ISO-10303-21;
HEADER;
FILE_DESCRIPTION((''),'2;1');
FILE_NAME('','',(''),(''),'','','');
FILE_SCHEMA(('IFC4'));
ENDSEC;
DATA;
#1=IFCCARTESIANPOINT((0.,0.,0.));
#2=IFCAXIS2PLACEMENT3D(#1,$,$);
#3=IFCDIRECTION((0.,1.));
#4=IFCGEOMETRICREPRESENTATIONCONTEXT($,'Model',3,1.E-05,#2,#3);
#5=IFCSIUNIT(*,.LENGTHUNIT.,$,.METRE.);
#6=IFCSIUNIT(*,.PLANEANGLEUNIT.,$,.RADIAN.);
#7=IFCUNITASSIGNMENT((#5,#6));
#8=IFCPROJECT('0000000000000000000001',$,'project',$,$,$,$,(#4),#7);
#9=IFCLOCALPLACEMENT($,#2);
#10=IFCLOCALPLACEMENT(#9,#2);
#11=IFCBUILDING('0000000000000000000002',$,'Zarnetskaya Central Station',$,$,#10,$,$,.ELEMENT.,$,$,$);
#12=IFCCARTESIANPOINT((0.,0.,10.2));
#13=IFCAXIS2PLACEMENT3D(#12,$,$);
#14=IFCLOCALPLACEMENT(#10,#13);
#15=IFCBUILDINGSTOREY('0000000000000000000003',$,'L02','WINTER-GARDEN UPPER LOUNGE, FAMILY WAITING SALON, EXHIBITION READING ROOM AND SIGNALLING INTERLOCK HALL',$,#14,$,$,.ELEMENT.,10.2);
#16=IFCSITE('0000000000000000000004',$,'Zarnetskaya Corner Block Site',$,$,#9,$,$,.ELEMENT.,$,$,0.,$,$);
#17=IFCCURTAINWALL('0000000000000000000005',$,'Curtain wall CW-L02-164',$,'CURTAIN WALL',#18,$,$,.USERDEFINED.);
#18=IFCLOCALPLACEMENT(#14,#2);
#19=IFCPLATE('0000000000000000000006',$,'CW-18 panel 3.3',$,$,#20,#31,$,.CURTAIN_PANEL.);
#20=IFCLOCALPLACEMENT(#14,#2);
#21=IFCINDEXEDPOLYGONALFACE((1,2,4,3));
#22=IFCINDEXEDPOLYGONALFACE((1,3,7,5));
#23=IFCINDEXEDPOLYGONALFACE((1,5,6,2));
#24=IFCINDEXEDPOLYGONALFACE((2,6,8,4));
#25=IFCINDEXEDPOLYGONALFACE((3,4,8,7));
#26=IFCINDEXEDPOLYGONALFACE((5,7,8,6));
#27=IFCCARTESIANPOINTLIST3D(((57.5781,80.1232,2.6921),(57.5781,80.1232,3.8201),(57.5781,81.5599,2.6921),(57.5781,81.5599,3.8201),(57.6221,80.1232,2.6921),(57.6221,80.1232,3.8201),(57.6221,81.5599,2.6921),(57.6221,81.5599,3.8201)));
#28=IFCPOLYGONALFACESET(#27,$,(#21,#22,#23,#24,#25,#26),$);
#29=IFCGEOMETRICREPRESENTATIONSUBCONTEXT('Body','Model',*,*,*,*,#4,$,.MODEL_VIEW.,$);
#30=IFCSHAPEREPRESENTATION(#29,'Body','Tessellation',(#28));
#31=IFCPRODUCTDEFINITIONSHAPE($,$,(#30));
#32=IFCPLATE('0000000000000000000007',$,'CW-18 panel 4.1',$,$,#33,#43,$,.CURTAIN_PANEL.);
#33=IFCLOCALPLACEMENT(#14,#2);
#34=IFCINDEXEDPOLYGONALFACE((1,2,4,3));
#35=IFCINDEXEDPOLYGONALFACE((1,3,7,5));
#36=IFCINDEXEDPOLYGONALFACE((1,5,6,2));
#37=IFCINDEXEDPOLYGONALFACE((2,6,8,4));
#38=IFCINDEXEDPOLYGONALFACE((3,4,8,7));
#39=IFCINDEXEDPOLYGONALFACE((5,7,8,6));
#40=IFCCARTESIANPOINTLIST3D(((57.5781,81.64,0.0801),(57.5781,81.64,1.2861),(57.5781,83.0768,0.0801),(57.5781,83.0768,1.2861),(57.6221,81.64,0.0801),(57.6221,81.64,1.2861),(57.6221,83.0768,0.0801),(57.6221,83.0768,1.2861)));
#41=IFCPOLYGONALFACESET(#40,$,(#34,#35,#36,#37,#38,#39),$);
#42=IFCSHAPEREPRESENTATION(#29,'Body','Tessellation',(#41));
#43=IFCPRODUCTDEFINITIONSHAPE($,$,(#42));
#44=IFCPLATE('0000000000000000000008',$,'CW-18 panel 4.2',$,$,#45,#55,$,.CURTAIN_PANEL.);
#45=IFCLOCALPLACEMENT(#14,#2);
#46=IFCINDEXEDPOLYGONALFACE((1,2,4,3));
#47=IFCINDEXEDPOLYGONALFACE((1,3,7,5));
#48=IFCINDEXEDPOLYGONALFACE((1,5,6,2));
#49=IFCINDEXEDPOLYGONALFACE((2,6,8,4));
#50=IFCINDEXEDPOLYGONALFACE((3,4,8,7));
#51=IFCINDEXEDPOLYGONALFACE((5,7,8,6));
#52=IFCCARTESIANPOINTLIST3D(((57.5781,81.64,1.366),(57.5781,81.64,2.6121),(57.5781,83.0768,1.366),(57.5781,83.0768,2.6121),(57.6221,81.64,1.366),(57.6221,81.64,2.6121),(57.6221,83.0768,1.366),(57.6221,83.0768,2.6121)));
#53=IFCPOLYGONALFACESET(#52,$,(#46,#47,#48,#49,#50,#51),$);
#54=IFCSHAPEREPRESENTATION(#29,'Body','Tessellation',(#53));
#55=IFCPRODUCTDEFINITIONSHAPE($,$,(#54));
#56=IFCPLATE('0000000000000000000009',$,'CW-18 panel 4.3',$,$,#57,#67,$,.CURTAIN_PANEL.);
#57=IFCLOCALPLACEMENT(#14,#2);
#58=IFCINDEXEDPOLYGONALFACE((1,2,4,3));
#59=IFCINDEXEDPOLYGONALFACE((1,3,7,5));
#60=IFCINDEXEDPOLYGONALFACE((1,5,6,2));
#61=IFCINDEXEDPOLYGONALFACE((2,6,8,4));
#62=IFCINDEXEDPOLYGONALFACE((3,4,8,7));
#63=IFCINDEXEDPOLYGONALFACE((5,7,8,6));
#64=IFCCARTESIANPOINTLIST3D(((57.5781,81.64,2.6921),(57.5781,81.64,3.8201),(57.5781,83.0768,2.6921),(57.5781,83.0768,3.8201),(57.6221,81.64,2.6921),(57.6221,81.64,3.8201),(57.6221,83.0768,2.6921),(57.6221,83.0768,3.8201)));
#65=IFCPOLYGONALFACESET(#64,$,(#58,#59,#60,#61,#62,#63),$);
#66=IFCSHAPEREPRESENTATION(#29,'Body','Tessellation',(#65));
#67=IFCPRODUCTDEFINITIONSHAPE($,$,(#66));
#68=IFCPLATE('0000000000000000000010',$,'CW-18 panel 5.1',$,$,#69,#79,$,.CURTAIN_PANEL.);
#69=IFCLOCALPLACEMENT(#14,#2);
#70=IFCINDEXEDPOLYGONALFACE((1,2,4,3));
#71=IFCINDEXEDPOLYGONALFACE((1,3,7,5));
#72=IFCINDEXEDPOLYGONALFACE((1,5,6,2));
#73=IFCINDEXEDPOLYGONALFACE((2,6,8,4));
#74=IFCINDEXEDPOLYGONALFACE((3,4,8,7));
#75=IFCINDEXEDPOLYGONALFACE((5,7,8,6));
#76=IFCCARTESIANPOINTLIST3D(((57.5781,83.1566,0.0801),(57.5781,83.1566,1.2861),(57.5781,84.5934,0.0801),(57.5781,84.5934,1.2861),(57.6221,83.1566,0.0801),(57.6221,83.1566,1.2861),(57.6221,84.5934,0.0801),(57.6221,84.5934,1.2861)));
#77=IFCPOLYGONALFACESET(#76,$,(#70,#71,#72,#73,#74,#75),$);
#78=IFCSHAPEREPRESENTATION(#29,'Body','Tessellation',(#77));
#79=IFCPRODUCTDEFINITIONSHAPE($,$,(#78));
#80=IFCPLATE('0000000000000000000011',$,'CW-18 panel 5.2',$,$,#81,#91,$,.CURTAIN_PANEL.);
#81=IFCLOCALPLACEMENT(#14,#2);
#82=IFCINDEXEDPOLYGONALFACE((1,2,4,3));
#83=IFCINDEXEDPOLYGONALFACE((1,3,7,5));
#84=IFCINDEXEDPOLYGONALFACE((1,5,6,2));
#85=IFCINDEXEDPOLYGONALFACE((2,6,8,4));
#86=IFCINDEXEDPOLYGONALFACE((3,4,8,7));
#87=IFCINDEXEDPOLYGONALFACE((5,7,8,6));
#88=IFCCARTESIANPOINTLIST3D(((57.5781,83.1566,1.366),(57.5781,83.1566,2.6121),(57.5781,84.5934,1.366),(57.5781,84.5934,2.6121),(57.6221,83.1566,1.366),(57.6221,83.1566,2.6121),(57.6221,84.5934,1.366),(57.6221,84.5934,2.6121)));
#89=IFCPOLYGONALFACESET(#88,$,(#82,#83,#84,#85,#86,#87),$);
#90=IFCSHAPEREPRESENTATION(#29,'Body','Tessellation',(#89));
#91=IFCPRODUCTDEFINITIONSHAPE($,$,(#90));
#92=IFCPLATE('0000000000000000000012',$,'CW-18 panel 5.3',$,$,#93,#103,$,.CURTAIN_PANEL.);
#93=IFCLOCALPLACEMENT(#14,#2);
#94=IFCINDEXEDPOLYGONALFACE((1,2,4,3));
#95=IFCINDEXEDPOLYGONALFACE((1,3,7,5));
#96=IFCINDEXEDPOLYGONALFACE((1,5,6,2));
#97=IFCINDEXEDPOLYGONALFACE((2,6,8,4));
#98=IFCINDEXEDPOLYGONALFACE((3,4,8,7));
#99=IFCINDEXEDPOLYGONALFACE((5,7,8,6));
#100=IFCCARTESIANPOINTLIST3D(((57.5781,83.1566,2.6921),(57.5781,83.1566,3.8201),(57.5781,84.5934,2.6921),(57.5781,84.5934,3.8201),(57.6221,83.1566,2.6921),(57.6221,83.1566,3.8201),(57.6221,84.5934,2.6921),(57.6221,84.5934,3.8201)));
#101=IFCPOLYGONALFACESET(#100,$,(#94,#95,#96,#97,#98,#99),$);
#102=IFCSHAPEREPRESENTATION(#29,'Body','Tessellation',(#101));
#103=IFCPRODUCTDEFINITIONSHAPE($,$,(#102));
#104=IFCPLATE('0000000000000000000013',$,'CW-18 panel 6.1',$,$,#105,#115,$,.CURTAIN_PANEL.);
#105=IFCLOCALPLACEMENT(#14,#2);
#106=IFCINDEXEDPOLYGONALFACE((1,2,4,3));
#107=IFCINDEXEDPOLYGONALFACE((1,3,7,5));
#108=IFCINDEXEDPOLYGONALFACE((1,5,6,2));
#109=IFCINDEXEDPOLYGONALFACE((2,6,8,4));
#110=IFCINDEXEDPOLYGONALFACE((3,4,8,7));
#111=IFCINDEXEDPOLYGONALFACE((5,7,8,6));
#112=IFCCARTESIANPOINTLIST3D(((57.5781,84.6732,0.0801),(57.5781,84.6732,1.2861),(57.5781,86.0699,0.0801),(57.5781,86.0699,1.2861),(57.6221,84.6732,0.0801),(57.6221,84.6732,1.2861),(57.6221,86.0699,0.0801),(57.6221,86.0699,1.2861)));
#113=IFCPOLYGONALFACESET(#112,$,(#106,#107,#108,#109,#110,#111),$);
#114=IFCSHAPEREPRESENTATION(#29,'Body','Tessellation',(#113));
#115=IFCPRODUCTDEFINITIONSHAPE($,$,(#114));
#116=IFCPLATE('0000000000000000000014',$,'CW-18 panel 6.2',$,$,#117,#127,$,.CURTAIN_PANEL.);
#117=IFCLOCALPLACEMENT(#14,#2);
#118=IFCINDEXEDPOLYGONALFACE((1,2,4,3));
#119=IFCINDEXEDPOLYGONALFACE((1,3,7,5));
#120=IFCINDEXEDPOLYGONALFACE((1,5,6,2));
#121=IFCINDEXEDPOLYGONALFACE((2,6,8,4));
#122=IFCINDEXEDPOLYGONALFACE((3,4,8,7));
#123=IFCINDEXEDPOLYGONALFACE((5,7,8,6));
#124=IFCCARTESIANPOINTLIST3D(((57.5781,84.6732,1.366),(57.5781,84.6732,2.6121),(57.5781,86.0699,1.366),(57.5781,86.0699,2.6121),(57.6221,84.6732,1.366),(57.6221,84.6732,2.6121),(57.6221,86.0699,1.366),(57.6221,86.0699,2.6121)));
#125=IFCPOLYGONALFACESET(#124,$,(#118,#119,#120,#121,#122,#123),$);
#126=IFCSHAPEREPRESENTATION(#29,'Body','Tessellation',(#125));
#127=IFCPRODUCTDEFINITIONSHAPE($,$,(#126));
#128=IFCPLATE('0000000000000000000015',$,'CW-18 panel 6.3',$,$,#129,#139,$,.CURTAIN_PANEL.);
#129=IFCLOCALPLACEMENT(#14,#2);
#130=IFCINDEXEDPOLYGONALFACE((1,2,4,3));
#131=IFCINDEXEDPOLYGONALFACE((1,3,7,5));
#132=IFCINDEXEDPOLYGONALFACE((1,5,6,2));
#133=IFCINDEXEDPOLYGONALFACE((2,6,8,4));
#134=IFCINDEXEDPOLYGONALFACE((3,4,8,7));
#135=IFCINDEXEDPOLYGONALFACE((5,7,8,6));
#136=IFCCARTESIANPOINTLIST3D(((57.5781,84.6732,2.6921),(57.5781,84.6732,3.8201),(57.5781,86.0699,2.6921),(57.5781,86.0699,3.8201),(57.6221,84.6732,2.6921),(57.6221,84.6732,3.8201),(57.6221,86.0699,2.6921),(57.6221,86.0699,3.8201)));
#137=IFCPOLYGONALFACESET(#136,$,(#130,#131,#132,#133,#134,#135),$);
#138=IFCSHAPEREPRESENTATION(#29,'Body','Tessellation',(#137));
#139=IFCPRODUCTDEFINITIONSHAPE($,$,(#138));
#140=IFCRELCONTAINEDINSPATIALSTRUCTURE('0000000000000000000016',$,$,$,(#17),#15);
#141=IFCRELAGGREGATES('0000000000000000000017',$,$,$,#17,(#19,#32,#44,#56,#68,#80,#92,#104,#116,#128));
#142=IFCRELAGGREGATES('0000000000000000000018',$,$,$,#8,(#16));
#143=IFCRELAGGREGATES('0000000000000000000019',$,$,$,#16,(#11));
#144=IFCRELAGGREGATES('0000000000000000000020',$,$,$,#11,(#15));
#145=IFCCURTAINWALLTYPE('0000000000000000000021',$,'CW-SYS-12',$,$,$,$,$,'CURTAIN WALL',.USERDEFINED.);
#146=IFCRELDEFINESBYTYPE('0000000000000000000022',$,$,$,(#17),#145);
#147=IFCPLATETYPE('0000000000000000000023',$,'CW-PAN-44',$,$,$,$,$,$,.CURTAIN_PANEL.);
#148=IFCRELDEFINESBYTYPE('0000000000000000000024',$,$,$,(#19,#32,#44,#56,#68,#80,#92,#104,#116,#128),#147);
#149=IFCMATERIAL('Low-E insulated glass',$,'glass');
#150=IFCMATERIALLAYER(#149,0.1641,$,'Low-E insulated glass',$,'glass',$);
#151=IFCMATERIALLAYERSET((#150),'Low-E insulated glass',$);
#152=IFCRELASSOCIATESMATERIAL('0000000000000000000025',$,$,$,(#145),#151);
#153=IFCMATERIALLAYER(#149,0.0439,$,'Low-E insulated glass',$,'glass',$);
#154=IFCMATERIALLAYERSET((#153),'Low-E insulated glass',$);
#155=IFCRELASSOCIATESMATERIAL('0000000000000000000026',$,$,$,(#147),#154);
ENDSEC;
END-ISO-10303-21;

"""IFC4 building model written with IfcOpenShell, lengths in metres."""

from ifc_helpers import new_model, si_unit, direction, frame, origin, origin_2d, place, context, subcontext, project, spatial, rectangle, extrude, material, layer, layer_set, type_object, element, aggregate, save


model = new_model("IFC4")

# Units and contexts
model_context = context("Model", 3, precision=1e-05, world=origin(), true_north=direction((0.0, 1.0)))
body_context = subcontext(model_context, "Body", "Model", "MODEL_VIEW")
ifc_project = project(units=[si_unit("LENGTHUNIT", "METRE"), si_unit("PLANEANGLEUNIT", "RADIAN")], contexts=[model_context])

# Site, building, storey
site_placement = place(None, origin())
site = spatial("IfcSite", under=ifc_project, at=site_placement, Name="Zarnetskaya Corner Block Site", CompositionType="ELEMENT", RefElevation=0.0)
building_placement = place(site_placement, origin())
building = spatial("IfcBuilding", under=site, at=building_placement, Name="Zarnetskaya Central Station", CompositionType="ELEMENT")
storey_placement = place(building_placement, frame((0.0, 0.0, 10.2)))
storey = spatial("IfcBuildingStorey", under=building, at=storey_placement, Name="L02", Description="WINTER-GARDEN UPPER LOUNGE, FAMILY WAITING SALON, EXHIBITION READING ROOM AND SIGNALLING INTERLOCK HALL", CompositionType="ELEMENT", Elevation=10.2)

# Curtain wall, plates
ifc_material_1 = material(Name="Low-E insulated glass", Category="glass")
ifc_layer_1 = layer(ifc_material_1, 0.1641, Name="Low-E insulated glass", Category="glass")
ifc_layer_set_1 = layer_set([ifc_layer_1], Name="Low-E insulated glass")
curtain_wall_type = type_object("IfcCurtainWallType", Name="CW-SYS-12", ElementType="CURTAIN WALL", PredefinedType="USERDEFINED", material=ifc_layer_set_1)
curtain_wall_placement = place(storey_placement, origin())
curtain_wall = element("IfcCurtainWall", 1, at=curtain_wall_placement, inside=storey, type_object=curtain_wall_type, Name="Curtain wall CW-L02-164", ObjectType="CURTAIN WALL", PredefinedType="USERDEFINED")
ifc_layer_2 = layer(ifc_material_1, 0.0439, Name="Low-E insulated glass", Category="glass")
ifc_layer_set_2 = layer_set([ifc_layer_2], Name="Low-E insulated glass")
plate_type = type_object("IfcPlateType", Name="CW-PAN-44", PredefinedType="CURTAIN_PANEL", material=ifc_layer_set_2)
plate_1_placement = place(storey_placement, frame((57.6001, 80.8416, 2.6921), z_axis=(0.0, 0.0, 1.0), x_axis=(0.0, 1.0, 0.0)))
plate_1 = element("IfcPlate", 2, at=plate_1_placement, type_object=plate_type, Name="CW-18 panel 3.3", PredefinedType="CURTAIN_PANEL", context=body_context, shape_type="SweptSolid", body=[
    extrude(rectangle(XDim=1.4368, YDim=0.0439, at=origin_2d()), origin(), (0.0, 0.0, 1.0), 1.1279),
])
plate_2_placement = place(storey_placement, frame((57.6001, 82.3584, 0.0801), z_axis=(0.0, 0.0, 1.0), x_axis=(0.0, 1.0, 0.0)))
plate_2 = element("IfcPlate", 3, at=plate_2_placement, type_object=plate_type, Name="CW-18 panel 4.1", PredefinedType="CURTAIN_PANEL", context=body_context, shape_type="SweptSolid", body=[
    extrude(rectangle(XDim=1.4368, YDim=0.0439, at=origin_2d()), origin(), (0.0, 0.0, 1.0), 1.2061),
])
plate_3_placement = place(storey_placement, frame((57.6001, 82.3584, 1.366), z_axis=(0.0, 0.0, 1.0), x_axis=(0.0, 1.0, 0.0)))
plate_3 = element("IfcPlate", 4, at=plate_3_placement, type_object=plate_type, Name="CW-18 panel 4.2", PredefinedType="CURTAIN_PANEL", context=body_context, shape_type="SweptSolid", body=[
    extrude(rectangle(XDim=1.4368, YDim=0.0439, at=origin_2d()), origin(), (0.0, 0.0, 1.0), 1.2461),
])
plate_4_placement = place(storey_placement, frame((57.6001, 82.3584, 2.6921), z_axis=(0.0, 0.0, 1.0), x_axis=(0.0, 1.0, 0.0)))
plate_4 = element("IfcPlate", 5, at=plate_4_placement, type_object=plate_type, Name="CW-18 panel 4.3", PredefinedType="CURTAIN_PANEL", context=body_context, shape_type="SweptSolid", body=[
    extrude(rectangle(XDim=1.4368, YDim=0.0439, at=origin_2d()), origin(), (0.0, 0.0, 1.0), 1.1279),
])
plate_5_placement = place(storey_placement, frame((57.6001, 83.875, 0.0801), z_axis=(0.0, 0.0, 1.0), x_axis=(0.0, 1.0, 0.0)))
plate_5 = element("IfcPlate", 6, at=plate_5_placement, type_object=plate_type, Name="CW-18 panel 5.1", PredefinedType="CURTAIN_PANEL", context=body_context, shape_type="SweptSolid", body=[
    extrude(rectangle(XDim=1.4368, YDim=0.0439, at=origin_2d()), origin(), (0.0, 0.0, 1.0), 1.2061),
])
plate_6_placement = place(storey_placement, frame((57.6001, 83.875, 1.366), z_axis=(0.0, 0.0, 1.0), x_axis=(0.0, 1.0, 0.0)))
plate_6 = element("IfcPlate", 7, at=plate_6_placement, type_object=plate_type, Name="CW-18 panel 5.2", PredefinedType="CURTAIN_PANEL", context=body_context, shape_type="SweptSolid", body=[
    extrude(rectangle(XDim=1.4368, YDim=0.0439, at=origin_2d()), origin(), (0.0, 0.0, 1.0), 1.2461),
])
plate_7_placement = place(storey_placement, frame((57.6001, 83.875, 2.6921), z_axis=(0.0, 0.0, 1.0), x_axis=(0.0, 1.0, 0.0)))
plate_7 = element("IfcPlate", 8, at=plate_7_placement, type_object=plate_type, Name="CW-18 panel 5.3", PredefinedType="CURTAIN_PANEL", context=body_context, shape_type="SweptSolid", body=[
    extrude(rectangle(XDim=1.4368, YDim=0.0439, at=origin_2d()), origin(), (0.0, 0.0, 1.0), 1.1279),
])
plate_8_placement = place(storey_placement, frame((57.6001, 85.3716, 0.0801), z_axis=(0.0, 0.0, 1.0), x_axis=(0.0, 1.0, 0.0)))
plate_8 = element("IfcPlate", 9, at=plate_8_placement, type_object=plate_type, Name="CW-18 panel 6.1", PredefinedType="CURTAIN_PANEL", context=body_context, shape_type="SweptSolid", body=[
    extrude(rectangle(XDim=1.3967, YDim=0.0439, at=origin_2d()), origin(), (0.0, 0.0, 1.0), 1.2061),
])
plate_9_placement = place(storey_placement, frame((57.6001, 85.3716, 1.366), z_axis=(0.0, 0.0, 1.0), x_axis=(0.0, 1.0, 0.0)))
plate_9 = element("IfcPlate", 10, at=plate_9_placement, type_object=plate_type, Name="CW-18 panel 6.2", PredefinedType="CURTAIN_PANEL", context=body_context, shape_type="SweptSolid", body=[
    extrude(rectangle(XDim=1.3967, YDim=0.0439, at=origin_2d()), origin(), (0.0, 0.0, 1.0), 1.2461),
])
plate_10_placement = place(storey_placement, frame((57.6001, 85.3716, 2.6921), z_axis=(0.0, 0.0, 1.0), x_axis=(0.0, 1.0, 0.0)))
plate_10 = element("IfcPlate", 11, at=plate_10_placement, type_object=plate_type, Name="CW-18 panel 6.3", PredefinedType="CURTAIN_PANEL", context=body_context, shape_type="SweptSolid", body=[
    extrude(rectangle(XDim=1.3967, YDim=0.0439, at=origin_2d()), origin(), (0.0, 0.0, 1.0), 1.1279),
])
aggregate(curtain_wall, [plate_1, plate_2, plate_3, plate_4, plate_5, plate_6, plate_7, plate_8, plate_9, plate_10])

save(model, "model.ifc")
